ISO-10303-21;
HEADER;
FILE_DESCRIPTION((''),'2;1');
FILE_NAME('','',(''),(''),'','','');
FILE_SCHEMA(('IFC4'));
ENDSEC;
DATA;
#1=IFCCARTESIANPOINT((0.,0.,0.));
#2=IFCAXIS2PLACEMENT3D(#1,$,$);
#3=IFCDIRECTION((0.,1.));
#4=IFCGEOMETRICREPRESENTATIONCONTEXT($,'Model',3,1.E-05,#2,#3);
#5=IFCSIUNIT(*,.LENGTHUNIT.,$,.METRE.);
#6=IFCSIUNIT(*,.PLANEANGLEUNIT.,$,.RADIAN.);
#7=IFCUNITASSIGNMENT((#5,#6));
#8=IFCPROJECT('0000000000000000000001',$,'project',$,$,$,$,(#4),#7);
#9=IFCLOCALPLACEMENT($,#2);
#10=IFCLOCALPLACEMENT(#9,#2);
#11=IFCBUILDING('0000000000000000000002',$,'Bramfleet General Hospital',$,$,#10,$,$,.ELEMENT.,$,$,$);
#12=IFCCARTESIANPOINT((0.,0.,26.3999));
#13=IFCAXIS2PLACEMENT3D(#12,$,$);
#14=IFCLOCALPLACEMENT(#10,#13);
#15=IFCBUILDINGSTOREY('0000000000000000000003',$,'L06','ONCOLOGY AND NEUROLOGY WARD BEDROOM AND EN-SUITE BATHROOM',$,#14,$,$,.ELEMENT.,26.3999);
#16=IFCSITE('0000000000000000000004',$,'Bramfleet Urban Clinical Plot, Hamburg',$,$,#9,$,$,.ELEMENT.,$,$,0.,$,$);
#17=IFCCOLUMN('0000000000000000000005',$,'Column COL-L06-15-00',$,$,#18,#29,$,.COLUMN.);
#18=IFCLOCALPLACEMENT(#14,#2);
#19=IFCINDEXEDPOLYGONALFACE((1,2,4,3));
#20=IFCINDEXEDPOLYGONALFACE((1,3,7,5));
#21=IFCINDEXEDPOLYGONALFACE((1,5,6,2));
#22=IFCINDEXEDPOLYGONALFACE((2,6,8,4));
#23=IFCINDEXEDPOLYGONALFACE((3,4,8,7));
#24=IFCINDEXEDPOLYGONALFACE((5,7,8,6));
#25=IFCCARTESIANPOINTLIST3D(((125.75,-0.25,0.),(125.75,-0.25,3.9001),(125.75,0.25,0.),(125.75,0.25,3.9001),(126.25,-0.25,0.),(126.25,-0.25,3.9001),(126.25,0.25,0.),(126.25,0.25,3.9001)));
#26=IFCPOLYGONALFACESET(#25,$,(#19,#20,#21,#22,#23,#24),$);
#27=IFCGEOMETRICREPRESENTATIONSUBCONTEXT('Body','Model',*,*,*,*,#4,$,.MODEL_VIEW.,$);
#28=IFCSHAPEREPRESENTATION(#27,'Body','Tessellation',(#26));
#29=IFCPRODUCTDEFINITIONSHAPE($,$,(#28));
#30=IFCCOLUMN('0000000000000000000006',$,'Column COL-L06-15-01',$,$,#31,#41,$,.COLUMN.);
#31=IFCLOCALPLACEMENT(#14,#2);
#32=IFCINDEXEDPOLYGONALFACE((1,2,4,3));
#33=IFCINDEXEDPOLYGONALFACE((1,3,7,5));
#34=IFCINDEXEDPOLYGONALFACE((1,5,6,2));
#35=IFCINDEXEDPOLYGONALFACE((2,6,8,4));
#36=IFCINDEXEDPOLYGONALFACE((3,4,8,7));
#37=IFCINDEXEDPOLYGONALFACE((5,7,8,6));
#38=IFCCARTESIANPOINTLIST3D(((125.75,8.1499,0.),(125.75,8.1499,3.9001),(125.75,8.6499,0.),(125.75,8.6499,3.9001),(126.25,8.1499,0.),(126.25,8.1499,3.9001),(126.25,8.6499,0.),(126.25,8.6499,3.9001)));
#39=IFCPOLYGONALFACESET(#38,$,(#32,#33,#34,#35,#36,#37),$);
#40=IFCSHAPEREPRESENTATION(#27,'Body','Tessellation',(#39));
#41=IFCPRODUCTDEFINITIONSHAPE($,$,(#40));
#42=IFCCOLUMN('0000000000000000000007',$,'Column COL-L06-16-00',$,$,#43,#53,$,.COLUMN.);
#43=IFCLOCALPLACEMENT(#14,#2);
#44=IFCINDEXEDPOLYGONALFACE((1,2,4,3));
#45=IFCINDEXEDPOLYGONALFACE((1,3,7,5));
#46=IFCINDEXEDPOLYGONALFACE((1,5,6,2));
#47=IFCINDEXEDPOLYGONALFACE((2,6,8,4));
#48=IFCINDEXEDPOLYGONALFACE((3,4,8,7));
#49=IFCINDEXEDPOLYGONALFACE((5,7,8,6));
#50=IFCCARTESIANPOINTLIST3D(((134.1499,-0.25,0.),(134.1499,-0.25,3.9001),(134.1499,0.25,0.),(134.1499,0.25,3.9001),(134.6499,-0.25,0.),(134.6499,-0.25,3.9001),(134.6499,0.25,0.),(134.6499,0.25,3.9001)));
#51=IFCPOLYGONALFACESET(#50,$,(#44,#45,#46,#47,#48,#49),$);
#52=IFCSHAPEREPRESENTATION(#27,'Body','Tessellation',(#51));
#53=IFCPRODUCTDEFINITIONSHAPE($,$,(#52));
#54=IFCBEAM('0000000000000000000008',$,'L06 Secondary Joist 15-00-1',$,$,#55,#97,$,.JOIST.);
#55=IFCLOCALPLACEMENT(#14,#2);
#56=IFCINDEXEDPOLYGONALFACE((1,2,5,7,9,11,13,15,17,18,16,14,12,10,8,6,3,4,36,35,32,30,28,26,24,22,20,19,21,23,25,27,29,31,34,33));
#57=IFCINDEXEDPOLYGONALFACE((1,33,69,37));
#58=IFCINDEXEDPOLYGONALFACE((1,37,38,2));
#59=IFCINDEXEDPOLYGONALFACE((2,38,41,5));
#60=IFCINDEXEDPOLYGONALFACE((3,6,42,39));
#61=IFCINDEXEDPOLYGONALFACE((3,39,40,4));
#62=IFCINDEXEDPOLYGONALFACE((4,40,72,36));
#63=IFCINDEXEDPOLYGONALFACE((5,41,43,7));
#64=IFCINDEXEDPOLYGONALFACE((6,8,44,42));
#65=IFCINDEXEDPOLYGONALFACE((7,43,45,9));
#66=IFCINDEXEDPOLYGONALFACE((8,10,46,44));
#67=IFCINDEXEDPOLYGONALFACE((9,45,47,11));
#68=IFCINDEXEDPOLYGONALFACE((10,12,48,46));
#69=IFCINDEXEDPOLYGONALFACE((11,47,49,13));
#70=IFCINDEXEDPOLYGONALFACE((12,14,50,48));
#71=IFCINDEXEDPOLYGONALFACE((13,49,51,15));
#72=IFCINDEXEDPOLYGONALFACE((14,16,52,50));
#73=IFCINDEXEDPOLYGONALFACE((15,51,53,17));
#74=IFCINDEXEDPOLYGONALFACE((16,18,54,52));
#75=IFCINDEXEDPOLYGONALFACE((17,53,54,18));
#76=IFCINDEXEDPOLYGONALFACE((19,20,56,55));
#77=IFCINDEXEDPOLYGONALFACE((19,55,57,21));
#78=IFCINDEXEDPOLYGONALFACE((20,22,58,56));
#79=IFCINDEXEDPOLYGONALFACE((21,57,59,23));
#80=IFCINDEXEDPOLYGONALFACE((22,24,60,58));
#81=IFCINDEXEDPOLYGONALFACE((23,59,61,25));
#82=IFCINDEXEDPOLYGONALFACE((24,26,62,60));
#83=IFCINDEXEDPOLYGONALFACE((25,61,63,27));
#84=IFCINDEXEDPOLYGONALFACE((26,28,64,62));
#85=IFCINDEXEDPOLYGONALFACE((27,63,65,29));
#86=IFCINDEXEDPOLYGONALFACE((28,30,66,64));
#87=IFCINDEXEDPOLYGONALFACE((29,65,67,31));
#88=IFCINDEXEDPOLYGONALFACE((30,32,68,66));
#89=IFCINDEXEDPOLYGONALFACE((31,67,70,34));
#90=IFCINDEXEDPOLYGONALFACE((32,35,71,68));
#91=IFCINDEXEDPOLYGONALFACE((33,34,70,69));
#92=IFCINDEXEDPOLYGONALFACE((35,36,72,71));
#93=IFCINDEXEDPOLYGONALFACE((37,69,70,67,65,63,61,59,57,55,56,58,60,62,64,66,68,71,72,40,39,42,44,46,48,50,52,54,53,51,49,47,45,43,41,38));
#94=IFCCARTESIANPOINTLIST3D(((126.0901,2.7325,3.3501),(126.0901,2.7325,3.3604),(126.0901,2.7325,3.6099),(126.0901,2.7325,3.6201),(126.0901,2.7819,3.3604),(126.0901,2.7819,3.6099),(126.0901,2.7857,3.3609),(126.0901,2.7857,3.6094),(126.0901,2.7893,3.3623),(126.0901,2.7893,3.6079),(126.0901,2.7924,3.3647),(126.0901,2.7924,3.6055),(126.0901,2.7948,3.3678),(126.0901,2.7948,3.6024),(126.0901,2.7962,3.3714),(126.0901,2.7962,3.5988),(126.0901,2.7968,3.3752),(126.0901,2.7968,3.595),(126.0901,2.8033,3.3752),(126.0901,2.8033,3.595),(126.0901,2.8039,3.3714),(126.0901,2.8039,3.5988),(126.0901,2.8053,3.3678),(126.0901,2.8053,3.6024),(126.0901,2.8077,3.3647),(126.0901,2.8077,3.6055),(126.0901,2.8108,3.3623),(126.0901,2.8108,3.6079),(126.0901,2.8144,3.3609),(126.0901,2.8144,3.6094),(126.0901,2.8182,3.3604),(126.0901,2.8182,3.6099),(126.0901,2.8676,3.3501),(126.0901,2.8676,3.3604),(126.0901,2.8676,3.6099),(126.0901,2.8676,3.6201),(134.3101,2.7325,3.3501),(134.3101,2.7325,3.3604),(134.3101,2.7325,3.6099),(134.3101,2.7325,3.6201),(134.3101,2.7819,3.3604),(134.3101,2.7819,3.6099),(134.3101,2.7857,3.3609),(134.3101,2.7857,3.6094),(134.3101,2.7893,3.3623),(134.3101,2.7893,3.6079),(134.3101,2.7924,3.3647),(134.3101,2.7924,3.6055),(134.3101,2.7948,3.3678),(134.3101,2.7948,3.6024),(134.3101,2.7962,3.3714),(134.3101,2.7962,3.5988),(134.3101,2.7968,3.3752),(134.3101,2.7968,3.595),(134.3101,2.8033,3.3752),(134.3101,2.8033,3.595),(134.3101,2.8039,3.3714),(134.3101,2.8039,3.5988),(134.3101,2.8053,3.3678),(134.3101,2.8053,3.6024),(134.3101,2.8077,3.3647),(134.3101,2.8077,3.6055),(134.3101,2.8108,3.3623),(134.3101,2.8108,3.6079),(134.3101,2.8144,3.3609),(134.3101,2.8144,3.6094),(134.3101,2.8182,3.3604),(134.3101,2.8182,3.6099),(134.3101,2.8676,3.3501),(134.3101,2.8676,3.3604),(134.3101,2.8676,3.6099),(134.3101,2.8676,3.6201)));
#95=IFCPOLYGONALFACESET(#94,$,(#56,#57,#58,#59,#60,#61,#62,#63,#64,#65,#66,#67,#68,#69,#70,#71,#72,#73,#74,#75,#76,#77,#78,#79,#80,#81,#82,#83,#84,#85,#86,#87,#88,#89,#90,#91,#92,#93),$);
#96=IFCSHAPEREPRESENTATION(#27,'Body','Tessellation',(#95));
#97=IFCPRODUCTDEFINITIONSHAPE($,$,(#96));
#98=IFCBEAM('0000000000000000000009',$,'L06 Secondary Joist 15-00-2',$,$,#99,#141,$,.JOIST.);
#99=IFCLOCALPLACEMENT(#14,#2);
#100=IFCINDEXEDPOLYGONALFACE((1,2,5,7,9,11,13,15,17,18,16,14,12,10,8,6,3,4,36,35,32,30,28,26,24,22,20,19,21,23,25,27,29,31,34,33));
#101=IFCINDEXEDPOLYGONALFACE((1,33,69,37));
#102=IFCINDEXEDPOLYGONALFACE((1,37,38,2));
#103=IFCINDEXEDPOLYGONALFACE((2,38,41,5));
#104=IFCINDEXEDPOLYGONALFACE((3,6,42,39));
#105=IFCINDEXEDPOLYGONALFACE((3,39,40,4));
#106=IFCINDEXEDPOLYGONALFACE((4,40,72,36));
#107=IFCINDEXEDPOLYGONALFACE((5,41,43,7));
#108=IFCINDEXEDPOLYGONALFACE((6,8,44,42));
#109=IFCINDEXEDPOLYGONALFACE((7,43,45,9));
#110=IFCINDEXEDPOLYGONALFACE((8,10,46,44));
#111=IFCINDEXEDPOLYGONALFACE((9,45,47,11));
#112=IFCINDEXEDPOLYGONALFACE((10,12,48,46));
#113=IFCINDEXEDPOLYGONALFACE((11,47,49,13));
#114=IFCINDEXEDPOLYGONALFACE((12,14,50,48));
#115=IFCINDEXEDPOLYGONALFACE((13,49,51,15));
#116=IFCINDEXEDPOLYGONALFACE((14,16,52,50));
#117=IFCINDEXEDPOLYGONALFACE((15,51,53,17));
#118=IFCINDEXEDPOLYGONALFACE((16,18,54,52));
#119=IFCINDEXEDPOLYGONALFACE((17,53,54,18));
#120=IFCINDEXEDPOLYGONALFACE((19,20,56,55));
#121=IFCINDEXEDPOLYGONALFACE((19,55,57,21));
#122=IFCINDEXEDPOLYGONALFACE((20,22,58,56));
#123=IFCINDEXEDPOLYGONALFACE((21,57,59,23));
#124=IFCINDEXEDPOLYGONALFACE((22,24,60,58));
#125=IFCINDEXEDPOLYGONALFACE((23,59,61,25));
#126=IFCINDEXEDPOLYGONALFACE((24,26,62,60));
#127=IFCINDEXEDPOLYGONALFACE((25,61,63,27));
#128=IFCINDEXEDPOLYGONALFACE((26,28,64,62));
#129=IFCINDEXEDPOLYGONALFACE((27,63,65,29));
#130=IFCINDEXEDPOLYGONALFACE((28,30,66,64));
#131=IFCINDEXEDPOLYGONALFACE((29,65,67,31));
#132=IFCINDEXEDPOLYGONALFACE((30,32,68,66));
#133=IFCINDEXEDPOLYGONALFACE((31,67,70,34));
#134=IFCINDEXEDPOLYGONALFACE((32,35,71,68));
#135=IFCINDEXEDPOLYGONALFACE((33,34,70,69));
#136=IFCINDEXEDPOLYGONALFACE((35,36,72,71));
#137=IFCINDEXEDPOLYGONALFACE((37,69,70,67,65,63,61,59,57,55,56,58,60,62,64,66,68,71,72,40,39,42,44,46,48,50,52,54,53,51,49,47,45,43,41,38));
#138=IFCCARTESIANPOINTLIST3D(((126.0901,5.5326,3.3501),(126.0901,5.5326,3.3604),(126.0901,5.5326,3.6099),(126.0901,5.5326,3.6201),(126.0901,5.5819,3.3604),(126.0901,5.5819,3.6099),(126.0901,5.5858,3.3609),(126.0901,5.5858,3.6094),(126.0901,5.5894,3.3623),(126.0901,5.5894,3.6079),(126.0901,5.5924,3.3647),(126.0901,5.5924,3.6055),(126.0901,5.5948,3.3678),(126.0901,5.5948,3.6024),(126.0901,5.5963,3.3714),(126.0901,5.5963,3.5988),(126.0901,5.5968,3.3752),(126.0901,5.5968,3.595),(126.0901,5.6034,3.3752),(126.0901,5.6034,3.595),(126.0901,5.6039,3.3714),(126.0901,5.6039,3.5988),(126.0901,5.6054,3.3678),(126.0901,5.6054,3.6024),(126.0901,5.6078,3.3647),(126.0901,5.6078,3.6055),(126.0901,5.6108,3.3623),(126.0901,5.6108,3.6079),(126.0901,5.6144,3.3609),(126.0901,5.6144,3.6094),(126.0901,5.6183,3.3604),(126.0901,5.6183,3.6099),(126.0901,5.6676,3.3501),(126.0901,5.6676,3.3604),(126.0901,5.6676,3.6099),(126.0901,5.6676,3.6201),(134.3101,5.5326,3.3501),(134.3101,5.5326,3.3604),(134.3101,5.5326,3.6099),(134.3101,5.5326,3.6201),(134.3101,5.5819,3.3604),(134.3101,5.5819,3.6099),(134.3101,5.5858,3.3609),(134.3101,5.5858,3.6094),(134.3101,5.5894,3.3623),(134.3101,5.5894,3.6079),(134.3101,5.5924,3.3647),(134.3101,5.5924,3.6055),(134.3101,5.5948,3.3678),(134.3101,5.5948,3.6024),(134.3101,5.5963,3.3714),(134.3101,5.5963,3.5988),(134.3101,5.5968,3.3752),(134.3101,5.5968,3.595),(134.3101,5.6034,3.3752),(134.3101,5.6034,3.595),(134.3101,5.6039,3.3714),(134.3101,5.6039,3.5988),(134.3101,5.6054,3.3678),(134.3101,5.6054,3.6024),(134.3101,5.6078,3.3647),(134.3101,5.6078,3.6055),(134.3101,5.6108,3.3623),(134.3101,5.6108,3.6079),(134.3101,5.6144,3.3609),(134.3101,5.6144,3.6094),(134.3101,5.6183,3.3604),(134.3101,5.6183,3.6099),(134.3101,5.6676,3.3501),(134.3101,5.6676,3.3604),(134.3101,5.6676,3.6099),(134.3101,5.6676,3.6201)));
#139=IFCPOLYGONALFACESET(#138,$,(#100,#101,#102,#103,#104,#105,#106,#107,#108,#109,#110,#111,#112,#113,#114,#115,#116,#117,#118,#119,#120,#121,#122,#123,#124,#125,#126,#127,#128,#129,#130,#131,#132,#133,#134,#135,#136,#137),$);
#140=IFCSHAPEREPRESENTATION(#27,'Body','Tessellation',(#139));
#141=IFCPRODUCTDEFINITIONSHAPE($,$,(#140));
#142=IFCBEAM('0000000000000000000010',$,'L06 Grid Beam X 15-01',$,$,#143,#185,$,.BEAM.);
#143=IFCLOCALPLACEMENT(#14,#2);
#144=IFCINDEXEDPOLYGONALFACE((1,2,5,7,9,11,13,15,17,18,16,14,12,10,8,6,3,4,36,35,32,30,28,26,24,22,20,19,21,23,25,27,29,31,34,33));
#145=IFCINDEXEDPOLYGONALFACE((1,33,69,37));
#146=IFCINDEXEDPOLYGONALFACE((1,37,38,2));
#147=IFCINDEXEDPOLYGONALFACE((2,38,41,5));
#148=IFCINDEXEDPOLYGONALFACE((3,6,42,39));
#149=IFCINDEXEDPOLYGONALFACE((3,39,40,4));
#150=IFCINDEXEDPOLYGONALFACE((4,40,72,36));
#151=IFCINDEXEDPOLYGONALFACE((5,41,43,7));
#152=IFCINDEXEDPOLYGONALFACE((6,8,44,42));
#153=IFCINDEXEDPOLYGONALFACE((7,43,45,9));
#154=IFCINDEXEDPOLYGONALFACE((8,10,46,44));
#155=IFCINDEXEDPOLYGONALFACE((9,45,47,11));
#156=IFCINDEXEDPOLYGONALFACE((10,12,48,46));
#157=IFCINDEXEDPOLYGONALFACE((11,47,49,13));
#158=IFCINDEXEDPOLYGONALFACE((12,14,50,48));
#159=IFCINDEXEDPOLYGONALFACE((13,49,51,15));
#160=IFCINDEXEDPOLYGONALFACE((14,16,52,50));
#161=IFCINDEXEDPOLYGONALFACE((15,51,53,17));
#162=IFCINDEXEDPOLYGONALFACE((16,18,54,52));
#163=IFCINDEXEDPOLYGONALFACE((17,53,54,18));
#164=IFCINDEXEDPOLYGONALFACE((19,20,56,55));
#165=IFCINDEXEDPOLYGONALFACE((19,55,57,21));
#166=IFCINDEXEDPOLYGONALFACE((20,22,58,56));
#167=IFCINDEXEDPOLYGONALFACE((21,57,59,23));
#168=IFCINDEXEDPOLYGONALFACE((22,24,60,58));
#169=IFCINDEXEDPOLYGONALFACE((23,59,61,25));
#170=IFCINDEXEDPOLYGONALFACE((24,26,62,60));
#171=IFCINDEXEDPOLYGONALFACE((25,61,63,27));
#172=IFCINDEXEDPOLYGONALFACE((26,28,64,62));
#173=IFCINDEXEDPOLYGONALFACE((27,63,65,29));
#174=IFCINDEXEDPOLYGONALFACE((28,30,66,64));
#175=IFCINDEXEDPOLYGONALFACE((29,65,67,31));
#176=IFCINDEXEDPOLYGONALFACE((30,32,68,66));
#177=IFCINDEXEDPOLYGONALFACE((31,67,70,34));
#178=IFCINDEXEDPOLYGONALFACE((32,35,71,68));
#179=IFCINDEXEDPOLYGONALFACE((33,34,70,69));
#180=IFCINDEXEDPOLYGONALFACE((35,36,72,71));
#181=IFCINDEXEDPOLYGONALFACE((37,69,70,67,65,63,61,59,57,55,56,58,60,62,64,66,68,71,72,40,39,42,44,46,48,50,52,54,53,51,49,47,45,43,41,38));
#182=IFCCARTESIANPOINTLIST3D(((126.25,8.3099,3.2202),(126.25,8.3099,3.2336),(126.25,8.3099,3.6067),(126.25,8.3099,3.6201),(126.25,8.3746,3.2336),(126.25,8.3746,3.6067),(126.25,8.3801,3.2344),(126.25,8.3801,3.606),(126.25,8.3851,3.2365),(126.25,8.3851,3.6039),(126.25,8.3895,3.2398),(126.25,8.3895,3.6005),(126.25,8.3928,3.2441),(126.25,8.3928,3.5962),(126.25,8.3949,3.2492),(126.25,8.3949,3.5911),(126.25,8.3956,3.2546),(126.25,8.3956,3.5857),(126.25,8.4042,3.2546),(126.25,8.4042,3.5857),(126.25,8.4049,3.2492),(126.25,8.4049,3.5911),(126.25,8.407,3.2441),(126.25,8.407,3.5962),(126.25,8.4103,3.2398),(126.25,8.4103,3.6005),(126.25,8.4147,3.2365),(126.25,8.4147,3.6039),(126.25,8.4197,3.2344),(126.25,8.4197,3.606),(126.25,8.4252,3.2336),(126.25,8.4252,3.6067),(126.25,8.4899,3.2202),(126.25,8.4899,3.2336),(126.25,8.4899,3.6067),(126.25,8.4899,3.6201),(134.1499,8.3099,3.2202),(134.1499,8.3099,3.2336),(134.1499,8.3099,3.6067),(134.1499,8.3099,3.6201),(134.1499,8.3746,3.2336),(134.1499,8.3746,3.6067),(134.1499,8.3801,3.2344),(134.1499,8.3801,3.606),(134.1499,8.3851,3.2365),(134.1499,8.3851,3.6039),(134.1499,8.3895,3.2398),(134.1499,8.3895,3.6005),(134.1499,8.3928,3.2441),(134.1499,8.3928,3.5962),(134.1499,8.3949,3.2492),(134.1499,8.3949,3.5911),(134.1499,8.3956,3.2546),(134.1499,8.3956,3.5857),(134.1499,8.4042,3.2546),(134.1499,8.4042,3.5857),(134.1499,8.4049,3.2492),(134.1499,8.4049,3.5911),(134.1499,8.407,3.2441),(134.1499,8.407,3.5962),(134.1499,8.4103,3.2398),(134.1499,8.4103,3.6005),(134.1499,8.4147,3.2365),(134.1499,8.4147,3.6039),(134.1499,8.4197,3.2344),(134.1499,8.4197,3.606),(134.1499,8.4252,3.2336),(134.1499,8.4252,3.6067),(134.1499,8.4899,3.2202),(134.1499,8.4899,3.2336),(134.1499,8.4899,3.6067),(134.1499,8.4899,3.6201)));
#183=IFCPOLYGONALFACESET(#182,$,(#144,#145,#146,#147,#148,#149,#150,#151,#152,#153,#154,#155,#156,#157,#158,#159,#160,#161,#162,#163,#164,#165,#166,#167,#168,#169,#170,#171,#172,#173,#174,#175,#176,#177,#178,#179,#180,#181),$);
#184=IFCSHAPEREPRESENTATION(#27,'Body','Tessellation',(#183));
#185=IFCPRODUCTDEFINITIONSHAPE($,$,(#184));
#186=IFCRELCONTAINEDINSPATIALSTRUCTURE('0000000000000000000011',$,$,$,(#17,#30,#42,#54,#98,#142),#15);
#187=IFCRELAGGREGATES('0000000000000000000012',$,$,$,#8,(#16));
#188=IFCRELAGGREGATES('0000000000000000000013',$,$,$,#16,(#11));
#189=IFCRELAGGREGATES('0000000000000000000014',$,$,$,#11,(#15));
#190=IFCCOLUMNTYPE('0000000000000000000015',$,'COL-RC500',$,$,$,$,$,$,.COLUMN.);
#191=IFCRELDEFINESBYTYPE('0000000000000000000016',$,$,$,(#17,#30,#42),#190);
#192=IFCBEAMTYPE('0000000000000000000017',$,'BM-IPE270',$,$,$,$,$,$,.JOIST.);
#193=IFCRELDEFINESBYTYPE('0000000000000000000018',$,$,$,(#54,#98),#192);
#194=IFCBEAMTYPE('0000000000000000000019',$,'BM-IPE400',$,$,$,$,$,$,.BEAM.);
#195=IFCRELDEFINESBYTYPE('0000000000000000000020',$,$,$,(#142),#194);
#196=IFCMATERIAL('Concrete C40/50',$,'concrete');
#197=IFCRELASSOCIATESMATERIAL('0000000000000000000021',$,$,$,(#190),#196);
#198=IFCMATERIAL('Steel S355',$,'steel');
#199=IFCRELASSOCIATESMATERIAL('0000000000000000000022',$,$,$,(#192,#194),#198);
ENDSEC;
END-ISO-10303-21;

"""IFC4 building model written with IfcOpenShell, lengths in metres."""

from ifc_helpers import new_model, si_unit, direction, frame, origin, origin_2d, place, context, subcontext, project, spatial, rectangle, i_section, extrude, material, material_profile, profile_set, type_object, element, save


model = new_model("IFC4")

# Units and contexts
model_context = context("Model", 3, precision=1e-05, world=origin(), true_north=direction((0.0, 1.0)))
body_context = subcontext(model_context, "Body", "Model", "MODEL_VIEW")
ifc_project = project(units=[si_unit("LENGTHUNIT", "METRE"), si_unit("PLANEANGLEUNIT", "RADIAN")], contexts=[model_context])

# Site, building, storey
site_placement = place(None, origin())
site = spatial("IfcSite", under=ifc_project, at=site_placement, Name="Bramfleet Urban Clinical Plot, Hamburg", CompositionType="ELEMENT", RefElevation=0.0)
building_placement = place(site_placement, origin())
building = spatial("IfcBuilding", under=site, at=building_placement, Name="Bramfleet General Hospital", CompositionType="ELEMENT")
storey_placement = place(building_placement, frame((0.0, 0.0, 26.3999)))
storey = spatial("IfcBuildingStorey", under=building, at=storey_placement, Name="L06", Description="ONCOLOGY AND NEUROLOGY WARD BEDROOM AND EN-SUITE BATHROOM", CompositionType="ELEMENT", Elevation=26.3999)

# Columns
ifc_material_1 = material(Name="Concrete C40/50", Category="concrete")
ifc_material_profile_1 = material_profile(ifc_material_1, rectangle(XDim=0.5, YDim=0.5, at=origin_2d()), Name="RC COL 500x500")
ifc_profile_set_1 = profile_set([ifc_material_profile_1], Name="Concrete C40/50")
column_type = type_object("IfcColumnType", Name="COL-RC500", PredefinedType="COLUMN", material=ifc_profile_set_1)
for number, where, z_axis, x_axis, name in (
    (1, (126.0, 0.0, 0.0), (0.0, 0.0, 1.0), (1.0, 0.0, 0.0), "Column COL-L06-15-00"),
    (2, (126.0, 8.3999, 0.0), (0.0, 0.0, 1.0), (1.0, 0.0, 0.0), "Column COL-L06-15-01"),
    (3, (134.3999, 0.0, 0.0), (0.0, 0.0, 1.0), (1.0, 0.0, 0.0), "Column COL-L06-16-00"),
):
    element("IfcColumn", number, at=place(storey_placement, frame(where, z_axis=z_axis, x_axis=x_axis)), inside=storey, type_object=column_type, Name=name, PredefinedType="COLUMN", context=body_context, shape_type="SweptSolid", body=[
        extrude(rectangle(XDim=0.5, YDim=0.5, at=origin_2d()), origin(), (0.0, 0.0, 1.0), 3.9001),
    ])

# Beams
ifc_material_2 = material(Name="Steel S355", Category="steel")
ifc_material_profile_2 = material_profile(ifc_material_2, i_section(OverallWidth=0.135, OverallDepth=0.27, WebThickness=0.0066, FlangeThickness=0.0103, FilletRadius=0.0149, at=origin_2d()), Name="IPE 270")
ifc_profile_set_2 = profile_set([ifc_material_profile_2], Name="Steel S355")
beam_type_1 = type_object("IfcBeamType", Name="BM-IPE270", PredefinedType="JOIST", material=ifc_profile_set_2)
for number, where, z_axis, x_axis, name in (
    (4, (126.0901, 2.8, 3.4851), (1.0, 0.0, 0.0), (0.0, 1.0, 0.0), "L06 Secondary Joist 15-00-1"),
    (5, (126.0901, 5.6001, 3.4851), (1.0, 0.0, 0.0), (0.0, 1.0, 0.0), "L06 Secondary Joist 15-00-2"),
):
    element("IfcBeam", number, at=place(storey_placement, frame(where, z_axis=z_axis, x_axis=x_axis)), inside=storey, type_object=beam_type_1, Name=name, PredefinedType="JOIST", context=body_context, shape_type="SweptSolid", body=[
        extrude(i_section(OverallWidth=0.135, OverallDepth=0.27, WebThickness=0.0066, FlangeThickness=0.0103, FilletRadius=0.0149, at=origin_2d()), origin(), (0.0, 0.0, 1.0), 8.22),
    ])
ifc_material_profile_3 = material_profile(ifc_material_2, i_section(OverallWidth=0.1799, OverallDepth=0.3999, WebThickness=0.0085, FlangeThickness=0.0134, FilletRadius=0.021, at=origin_2d()), Name="IPE 400")
ifc_profile_set_3 = profile_set([ifc_material_profile_3], Name="Steel S355")
beam_type_2 = type_object("IfcBeamType", Name="BM-IPE400", PredefinedType="BEAM", material=ifc_profile_set_3)
for number, where, z_axis, x_axis, name in (
    (6, (126.25, 8.3999, 3.4202), (1.0, 0.0, 0.0), (0.0, 1.0, 0.0), "L06 Grid Beam X 15-01"),
):
    element("IfcBeam", number, at=place(storey_placement, frame(where, z_axis=z_axis, x_axis=x_axis)), inside=storey, type_object=beam_type_2, Name=name, PredefinedType="BEAM", context=body_context, shape_type="SweptSolid", body=[
        extrude(i_section(OverallWidth=0.1799, OverallDepth=0.3999, WebThickness=0.0085, FlangeThickness=0.0134, FilletRadius=0.021, at=origin_2d()), origin(), (0.0, 0.0, 1.0), 7.8999),
    ])

save(model, "model.ifc")
